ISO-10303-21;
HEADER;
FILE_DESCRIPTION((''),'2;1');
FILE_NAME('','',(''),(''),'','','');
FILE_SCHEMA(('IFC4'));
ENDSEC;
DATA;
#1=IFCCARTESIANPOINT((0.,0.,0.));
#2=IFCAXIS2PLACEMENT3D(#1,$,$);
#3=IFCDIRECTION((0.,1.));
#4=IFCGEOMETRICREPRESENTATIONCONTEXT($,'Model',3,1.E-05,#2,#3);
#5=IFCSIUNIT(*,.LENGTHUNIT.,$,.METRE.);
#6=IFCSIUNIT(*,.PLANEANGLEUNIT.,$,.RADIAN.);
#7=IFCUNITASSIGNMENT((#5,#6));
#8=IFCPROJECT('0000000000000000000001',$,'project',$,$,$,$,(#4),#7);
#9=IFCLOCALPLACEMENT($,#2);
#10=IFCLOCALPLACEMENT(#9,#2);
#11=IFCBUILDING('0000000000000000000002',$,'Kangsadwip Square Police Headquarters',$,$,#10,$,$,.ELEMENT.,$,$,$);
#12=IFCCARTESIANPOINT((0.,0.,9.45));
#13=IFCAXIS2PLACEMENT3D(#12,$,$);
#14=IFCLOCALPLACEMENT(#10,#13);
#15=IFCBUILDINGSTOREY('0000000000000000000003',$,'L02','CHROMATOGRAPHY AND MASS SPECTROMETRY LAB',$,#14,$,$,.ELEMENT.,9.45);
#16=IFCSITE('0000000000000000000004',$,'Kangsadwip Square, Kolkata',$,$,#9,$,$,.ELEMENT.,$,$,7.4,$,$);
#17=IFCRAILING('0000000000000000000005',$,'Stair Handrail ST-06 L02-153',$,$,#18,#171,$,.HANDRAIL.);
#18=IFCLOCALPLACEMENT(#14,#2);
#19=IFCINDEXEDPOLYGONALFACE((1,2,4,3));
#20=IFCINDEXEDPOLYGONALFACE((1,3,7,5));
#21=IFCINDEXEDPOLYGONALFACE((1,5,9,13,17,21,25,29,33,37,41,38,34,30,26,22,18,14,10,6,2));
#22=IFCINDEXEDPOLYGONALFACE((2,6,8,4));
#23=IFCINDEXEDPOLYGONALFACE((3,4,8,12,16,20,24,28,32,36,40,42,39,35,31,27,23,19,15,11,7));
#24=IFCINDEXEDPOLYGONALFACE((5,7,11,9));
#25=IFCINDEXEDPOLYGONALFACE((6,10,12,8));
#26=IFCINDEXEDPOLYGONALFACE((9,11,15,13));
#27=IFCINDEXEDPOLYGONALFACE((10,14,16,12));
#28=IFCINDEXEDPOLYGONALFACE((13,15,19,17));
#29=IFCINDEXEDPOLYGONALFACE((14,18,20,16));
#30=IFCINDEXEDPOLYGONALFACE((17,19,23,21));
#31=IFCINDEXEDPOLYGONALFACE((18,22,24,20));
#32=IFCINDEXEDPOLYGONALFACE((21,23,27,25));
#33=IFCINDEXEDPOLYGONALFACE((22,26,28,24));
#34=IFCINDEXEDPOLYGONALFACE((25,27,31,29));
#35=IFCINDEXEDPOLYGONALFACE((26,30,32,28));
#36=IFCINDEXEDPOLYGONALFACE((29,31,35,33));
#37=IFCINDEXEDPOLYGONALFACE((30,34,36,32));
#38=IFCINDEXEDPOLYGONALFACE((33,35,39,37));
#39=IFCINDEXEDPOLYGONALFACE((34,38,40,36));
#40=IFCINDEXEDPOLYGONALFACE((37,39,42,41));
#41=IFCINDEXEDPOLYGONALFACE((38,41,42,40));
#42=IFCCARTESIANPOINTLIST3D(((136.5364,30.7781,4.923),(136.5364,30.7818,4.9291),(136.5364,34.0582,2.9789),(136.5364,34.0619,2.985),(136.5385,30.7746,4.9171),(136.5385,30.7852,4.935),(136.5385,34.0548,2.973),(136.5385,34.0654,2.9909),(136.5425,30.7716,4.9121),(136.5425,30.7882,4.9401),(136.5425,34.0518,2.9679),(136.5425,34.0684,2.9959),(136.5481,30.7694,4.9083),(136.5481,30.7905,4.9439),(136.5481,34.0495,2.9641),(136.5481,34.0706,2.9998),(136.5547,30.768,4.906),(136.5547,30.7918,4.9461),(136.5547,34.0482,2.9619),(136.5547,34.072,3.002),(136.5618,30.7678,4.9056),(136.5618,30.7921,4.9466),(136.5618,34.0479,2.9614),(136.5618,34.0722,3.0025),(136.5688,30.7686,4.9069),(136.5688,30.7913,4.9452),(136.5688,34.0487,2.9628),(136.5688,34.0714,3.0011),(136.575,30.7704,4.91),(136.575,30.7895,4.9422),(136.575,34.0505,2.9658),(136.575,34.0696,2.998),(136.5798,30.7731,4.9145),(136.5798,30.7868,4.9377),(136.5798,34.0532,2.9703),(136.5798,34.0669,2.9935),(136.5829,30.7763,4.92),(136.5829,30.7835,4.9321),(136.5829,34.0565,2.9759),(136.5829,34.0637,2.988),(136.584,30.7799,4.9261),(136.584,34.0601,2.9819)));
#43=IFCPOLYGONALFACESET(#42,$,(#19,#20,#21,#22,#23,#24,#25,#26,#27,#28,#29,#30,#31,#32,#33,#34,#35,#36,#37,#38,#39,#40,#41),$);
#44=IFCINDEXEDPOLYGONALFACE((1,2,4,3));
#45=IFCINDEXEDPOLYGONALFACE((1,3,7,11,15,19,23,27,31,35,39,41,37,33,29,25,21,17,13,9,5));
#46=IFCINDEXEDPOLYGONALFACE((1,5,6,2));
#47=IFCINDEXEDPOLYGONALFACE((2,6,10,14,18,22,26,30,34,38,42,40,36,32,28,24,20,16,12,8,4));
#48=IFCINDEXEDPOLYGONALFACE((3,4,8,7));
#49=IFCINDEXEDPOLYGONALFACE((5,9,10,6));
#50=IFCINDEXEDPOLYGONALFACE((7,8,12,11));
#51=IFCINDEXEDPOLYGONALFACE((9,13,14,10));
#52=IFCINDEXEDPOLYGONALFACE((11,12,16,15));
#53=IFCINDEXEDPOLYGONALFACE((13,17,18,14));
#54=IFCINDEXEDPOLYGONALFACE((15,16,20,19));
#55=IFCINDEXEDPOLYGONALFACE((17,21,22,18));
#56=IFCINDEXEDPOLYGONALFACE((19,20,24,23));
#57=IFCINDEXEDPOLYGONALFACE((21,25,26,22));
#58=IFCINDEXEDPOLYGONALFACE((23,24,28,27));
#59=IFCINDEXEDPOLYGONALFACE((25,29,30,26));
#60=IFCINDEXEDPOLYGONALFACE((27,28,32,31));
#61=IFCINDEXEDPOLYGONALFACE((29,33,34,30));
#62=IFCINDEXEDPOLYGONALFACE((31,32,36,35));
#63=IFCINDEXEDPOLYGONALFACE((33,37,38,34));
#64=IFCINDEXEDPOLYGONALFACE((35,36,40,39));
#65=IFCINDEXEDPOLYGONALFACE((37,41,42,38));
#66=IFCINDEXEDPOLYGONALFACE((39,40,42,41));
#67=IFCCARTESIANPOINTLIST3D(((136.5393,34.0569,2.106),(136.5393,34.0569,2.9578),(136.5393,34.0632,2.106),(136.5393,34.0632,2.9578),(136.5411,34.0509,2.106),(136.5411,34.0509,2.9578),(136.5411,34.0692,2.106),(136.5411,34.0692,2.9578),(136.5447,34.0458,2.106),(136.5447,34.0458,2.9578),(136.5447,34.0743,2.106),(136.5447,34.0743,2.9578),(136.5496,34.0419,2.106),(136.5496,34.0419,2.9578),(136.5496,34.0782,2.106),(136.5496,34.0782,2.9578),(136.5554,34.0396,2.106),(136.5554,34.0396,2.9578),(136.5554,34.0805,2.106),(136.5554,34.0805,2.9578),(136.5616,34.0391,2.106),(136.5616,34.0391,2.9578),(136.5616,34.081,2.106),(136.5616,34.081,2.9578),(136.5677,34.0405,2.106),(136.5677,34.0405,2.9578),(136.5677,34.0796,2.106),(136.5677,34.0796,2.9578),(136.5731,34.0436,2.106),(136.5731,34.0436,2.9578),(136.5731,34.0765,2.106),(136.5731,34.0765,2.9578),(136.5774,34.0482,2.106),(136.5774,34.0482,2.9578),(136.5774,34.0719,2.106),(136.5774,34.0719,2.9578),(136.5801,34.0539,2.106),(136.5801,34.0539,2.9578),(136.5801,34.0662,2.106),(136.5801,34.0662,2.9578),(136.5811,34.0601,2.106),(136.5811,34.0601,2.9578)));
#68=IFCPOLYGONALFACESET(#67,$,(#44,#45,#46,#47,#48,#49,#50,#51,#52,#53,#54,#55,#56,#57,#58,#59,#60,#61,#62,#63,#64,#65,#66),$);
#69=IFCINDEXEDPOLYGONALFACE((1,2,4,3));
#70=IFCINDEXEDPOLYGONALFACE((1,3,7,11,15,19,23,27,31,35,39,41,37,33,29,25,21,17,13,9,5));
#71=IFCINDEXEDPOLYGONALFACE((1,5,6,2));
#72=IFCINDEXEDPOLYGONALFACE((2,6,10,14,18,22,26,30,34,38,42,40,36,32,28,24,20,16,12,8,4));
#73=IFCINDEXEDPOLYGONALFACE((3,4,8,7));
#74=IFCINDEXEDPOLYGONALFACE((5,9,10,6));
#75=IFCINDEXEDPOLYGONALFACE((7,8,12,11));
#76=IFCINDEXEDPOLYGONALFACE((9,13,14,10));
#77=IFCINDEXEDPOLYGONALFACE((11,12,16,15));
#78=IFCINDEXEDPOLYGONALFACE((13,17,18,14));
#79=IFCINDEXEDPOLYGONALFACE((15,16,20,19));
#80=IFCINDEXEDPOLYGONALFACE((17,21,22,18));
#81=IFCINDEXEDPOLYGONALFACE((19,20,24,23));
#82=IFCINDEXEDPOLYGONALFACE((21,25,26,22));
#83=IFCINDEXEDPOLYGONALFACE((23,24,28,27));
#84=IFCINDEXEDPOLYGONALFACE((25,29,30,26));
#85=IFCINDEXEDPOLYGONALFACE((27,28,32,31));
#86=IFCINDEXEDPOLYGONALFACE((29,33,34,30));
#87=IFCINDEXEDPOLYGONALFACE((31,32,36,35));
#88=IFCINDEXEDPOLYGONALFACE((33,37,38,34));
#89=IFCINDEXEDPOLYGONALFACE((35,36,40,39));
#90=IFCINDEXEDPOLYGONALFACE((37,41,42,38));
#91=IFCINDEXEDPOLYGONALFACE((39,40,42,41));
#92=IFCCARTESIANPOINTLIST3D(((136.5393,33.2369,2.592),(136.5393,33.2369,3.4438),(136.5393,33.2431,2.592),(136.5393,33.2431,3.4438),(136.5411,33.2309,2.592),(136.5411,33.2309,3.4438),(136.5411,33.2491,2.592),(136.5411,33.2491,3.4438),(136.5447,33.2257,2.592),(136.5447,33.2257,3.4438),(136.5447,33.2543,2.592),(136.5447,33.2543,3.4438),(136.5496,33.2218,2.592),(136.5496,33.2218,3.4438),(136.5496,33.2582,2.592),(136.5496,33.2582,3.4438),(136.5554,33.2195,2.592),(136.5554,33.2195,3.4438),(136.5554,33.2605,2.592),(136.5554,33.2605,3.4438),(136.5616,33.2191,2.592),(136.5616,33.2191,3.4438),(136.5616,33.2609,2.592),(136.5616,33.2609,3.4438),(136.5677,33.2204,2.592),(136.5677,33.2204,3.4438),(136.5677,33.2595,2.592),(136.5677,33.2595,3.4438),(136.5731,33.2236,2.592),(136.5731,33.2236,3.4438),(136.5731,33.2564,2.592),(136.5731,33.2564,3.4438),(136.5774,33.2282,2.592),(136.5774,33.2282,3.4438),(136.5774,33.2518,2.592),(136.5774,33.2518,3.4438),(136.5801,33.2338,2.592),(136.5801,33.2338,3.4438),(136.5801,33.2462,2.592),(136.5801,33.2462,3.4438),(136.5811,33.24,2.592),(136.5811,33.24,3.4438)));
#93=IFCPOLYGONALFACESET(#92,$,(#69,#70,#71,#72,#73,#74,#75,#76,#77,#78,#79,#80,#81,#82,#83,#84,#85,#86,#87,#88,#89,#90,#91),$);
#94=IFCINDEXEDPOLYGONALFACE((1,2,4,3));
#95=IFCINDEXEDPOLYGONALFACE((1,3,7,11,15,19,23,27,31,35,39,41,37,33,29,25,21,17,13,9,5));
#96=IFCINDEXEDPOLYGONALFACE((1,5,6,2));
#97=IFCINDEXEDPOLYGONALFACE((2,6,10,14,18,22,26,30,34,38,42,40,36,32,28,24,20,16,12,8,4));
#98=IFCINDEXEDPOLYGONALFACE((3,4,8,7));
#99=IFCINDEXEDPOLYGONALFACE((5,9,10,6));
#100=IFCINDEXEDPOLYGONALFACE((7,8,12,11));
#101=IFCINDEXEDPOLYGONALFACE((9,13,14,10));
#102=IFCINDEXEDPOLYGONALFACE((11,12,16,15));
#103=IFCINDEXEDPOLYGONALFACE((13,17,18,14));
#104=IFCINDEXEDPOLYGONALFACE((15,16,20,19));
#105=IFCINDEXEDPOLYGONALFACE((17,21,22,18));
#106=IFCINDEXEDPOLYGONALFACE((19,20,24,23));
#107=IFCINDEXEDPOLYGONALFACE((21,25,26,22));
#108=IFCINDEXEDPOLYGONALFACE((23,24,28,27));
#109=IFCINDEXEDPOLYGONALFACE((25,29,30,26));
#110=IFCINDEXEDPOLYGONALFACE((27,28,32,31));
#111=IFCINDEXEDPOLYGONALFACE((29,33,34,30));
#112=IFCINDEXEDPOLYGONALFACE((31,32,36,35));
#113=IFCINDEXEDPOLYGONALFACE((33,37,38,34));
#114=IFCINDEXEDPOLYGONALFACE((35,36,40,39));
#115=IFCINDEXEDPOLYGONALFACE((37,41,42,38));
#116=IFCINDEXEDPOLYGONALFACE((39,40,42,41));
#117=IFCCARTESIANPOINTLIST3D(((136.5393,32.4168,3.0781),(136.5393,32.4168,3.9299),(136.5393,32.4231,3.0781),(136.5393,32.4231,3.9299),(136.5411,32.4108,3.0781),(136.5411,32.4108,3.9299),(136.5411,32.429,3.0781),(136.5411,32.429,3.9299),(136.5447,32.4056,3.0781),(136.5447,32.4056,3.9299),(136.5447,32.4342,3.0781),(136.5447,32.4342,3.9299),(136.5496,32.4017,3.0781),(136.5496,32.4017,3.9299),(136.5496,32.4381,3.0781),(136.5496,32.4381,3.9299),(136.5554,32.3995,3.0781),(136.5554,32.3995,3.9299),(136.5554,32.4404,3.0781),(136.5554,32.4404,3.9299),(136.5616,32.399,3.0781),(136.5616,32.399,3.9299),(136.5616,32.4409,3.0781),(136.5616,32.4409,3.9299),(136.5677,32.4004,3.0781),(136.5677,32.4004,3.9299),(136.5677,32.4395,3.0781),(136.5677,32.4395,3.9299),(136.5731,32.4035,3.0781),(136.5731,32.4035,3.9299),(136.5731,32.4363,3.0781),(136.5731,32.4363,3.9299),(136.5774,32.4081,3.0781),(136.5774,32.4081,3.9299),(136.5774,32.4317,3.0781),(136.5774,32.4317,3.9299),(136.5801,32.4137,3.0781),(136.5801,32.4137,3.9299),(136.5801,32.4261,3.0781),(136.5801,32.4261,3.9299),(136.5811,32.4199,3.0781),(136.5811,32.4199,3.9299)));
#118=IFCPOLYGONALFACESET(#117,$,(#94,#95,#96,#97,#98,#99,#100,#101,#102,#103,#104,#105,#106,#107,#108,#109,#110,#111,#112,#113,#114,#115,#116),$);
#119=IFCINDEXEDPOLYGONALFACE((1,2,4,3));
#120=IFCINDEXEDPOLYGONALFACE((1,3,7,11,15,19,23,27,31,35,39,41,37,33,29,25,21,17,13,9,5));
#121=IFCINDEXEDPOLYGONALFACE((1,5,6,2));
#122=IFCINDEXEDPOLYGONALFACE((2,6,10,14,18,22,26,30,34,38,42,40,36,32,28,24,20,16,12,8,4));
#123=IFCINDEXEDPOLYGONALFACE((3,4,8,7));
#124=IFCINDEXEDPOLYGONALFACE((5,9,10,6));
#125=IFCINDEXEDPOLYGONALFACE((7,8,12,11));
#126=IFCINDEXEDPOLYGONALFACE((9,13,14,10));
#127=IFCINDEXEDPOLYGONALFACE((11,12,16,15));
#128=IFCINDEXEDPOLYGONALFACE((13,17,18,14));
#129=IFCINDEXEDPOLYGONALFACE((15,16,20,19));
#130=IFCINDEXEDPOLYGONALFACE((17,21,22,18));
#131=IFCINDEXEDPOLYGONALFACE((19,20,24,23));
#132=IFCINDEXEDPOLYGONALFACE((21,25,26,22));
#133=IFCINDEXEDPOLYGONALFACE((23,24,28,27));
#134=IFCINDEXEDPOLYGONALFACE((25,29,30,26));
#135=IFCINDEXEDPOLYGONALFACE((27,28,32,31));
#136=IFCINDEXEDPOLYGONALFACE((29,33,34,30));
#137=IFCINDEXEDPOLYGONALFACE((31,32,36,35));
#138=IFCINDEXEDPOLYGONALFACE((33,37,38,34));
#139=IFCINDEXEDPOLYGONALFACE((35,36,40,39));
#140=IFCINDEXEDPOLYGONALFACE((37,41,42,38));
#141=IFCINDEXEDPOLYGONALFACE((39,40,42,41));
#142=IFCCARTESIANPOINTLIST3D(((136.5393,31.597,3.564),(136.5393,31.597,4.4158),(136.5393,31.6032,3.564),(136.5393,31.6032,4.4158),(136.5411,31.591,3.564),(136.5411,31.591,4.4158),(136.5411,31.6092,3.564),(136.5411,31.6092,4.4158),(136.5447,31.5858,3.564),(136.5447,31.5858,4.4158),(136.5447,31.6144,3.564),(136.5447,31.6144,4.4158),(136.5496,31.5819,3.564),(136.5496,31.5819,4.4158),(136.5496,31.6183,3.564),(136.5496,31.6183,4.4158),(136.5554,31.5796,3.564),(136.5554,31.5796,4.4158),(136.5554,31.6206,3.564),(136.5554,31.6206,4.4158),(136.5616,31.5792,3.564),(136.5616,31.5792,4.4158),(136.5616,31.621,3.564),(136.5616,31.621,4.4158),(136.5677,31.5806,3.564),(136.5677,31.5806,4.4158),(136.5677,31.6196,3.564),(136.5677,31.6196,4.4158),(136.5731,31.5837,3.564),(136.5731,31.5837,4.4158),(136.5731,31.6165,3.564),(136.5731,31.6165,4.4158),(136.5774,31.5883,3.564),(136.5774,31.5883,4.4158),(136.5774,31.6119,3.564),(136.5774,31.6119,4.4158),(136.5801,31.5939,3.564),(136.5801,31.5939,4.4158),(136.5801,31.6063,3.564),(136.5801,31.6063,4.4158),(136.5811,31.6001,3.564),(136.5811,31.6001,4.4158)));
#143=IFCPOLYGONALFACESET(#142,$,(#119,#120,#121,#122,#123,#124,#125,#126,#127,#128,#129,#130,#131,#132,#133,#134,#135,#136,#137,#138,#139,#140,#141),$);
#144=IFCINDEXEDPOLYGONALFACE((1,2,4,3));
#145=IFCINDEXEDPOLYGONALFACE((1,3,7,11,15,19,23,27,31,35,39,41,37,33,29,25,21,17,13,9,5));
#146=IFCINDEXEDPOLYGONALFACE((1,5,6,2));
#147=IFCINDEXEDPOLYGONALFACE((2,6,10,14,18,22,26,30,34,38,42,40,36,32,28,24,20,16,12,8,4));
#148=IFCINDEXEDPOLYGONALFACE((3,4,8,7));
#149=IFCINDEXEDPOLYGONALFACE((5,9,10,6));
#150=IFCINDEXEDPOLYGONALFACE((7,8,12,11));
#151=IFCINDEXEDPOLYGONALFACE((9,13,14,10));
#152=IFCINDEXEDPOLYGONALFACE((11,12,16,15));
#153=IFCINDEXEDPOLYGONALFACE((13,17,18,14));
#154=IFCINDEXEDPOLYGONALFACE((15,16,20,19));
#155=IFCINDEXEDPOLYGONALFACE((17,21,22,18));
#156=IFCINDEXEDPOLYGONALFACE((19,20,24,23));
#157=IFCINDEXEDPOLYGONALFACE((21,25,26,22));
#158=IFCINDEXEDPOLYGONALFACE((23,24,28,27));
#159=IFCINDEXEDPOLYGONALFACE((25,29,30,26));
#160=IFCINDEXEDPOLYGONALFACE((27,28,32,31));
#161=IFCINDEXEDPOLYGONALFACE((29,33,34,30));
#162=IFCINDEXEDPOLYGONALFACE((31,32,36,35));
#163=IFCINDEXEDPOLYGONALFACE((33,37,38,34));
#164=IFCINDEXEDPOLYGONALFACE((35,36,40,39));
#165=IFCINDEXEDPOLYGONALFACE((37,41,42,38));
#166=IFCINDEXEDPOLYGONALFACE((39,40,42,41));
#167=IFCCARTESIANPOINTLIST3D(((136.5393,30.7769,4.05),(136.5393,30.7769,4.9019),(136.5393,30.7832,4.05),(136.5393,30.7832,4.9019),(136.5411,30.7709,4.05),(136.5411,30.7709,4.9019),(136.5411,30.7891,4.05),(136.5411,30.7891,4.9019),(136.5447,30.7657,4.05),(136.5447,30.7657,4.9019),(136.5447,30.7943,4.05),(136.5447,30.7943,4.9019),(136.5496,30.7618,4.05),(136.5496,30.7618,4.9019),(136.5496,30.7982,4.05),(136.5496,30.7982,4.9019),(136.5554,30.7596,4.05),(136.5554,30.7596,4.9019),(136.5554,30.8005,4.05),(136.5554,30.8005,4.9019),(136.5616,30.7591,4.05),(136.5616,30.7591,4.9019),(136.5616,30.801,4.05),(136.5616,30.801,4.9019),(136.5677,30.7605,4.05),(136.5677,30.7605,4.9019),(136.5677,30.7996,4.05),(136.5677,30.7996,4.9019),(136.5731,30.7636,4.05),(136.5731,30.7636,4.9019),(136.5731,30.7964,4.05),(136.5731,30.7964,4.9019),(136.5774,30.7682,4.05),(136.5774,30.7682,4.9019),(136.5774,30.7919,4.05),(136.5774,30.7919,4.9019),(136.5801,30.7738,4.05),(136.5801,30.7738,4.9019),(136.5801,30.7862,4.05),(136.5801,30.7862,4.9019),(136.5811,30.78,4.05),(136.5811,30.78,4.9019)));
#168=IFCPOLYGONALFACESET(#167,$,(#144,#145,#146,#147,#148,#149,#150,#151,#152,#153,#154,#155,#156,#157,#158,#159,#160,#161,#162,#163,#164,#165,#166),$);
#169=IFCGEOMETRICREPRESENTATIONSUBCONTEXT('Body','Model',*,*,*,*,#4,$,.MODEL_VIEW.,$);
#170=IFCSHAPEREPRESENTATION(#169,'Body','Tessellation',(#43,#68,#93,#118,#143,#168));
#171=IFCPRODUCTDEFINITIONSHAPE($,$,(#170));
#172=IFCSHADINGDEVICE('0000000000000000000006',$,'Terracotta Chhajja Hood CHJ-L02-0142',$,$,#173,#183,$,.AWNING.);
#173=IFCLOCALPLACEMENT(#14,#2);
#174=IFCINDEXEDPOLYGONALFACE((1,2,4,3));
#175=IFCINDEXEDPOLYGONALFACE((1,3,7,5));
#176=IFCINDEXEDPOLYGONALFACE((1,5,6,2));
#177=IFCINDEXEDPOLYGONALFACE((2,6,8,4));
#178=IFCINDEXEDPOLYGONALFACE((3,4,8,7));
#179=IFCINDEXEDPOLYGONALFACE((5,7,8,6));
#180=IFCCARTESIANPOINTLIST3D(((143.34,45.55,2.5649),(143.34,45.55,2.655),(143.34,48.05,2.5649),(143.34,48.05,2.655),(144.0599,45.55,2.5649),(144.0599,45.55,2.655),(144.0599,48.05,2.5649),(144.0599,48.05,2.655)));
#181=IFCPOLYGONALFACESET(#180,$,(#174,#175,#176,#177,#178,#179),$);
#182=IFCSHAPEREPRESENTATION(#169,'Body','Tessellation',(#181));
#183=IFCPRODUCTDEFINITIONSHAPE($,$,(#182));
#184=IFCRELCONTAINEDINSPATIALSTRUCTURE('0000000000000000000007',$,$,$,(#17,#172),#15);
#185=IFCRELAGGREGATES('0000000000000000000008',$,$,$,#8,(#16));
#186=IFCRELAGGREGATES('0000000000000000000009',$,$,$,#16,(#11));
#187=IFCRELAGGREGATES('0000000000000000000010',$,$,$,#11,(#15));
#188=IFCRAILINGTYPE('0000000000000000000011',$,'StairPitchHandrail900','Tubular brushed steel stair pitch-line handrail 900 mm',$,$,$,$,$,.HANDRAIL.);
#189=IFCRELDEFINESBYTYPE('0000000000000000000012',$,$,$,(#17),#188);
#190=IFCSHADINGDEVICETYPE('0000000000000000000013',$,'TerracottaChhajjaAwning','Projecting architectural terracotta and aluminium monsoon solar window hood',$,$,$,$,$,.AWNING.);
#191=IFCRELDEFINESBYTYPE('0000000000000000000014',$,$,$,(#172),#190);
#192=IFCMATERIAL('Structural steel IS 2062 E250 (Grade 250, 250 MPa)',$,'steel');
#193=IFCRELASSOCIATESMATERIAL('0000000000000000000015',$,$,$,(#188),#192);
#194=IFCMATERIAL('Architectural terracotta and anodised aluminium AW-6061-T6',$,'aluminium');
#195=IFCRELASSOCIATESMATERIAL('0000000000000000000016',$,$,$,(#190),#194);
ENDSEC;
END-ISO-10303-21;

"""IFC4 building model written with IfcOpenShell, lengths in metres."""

from ifc_helpers import new_model, si_unit, direction, frame, origin, origin_2d, place, context, subcontext, project, spatial, rectangle, circle, extrude, material, type_object, element, save


model = new_model("IFC4")

# Units and contexts
model_context = context("Model", 3, precision=1e-05, world=origin(), true_north=direction((0.0, 1.0)))
body_context = subcontext(model_context, "Body", "Model", "MODEL_VIEW")
ifc_project = project(units=[si_unit("LENGTHUNIT", "METRE"), si_unit("PLANEANGLEUNIT", "RADIAN")], contexts=[model_context])

# Site, building, storey
site_placement = place(None, origin())
site = spatial("IfcSite", under=ifc_project, at=site_placement, Name="Kangsadwip Square, Kolkata", CompositionType="ELEMENT", RefElevation=7.4)
building_placement = place(site_placement, origin())
building = spatial("IfcBuilding", under=site, at=building_placement, Name="Kangsadwip Square Police Headquarters", CompositionType="ELEMENT")
storey_placement = place(building_placement, frame((0.0, 0.0, 9.45)))
storey = spatial("IfcBuildingStorey", under=building, at=storey_placement, Name="L02", Description="CHROMATOGRAPHY AND MASS SPECTROMETRY LAB", CompositionType="ELEMENT", Elevation=9.45)

# Railing
ifc_material_1 = material(Name="Structural steel IS 2062 E250 (Grade 250, 250 MPa)", Category="steel")
railing_type_1 = type_object("IfcRailingType", Name="StairPitchHandrail900", Description="Tubular brushed steel stair pitch-line handrail 900 mm", PredefinedType="HANDRAIL", material=ifc_material_1)
railing_1_placement = place(storey_placement, frame((136.5601, 34.0601, 2.106)))
element("IfcRailing", 1, at=railing_1_placement, inside=storey, type_object=railing_type_1, Name="Stair Handrail ST-06 L02-153", PredefinedType="HANDRAIL", context=body_context, shape_type="SweptSolid", body=[
    extrude(circle(Radius=0.0239, at=origin_2d()), frame((0.0, 0.0, 0.876), z_axis=(0.0, -0.860249, 0.509874), x_axis=(1.0, 0.0, 0.0)), (0.0, 0.0, 1.0), 3.813),
    extrude(circle(Radius=0.021, at=origin_2d()), origin(), (0.0, 0.0, 1.0), 0.8518),
    extrude(circle(Radius=0.021, at=origin_2d()), frame((0.0, -0.8201, 0.4861)), (0.0, 0.0, 1.0), 0.8518),
    extrude(circle(Radius=0.021, at=origin_2d()), frame((0.0, -1.6401, 0.9722)), (0.0, 0.0, 1.0), 0.8518),
    extrude(circle(Radius=0.021, at=origin_2d()), frame((0.0, -2.46, 1.458)), (0.0, 0.0, 1.0), 0.8518),
    extrude(circle(Radius=0.021, at=origin_2d()), frame((0.0, -3.28, 1.9441)), (0.0, 0.0, 1.0), 0.8518),
])

# Shading device
ifc_material_2 = material(Name="Architectural terracotta and anodised aluminium AW-6061-T6", Category="aluminium")
shading_device_type = type_object("IfcShadingDeviceType", Name="TerracottaChhajjaAwning", Description="Projecting architectural terracotta and aluminium monsoon solar window hood", PredefinedType="AWNING", material=ifc_material_2)
shading_device_placement = place(storey_placement, frame((143.7, 46.8, 2.5649), z_axis=(0.0, 0.0, 1.0), x_axis=(0.0, 1.0, 0.0)))
element("IfcShadingDevice", 2, at=shading_device_placement, inside=storey, type_object=shading_device_type, Name="Terracotta Chhajja Hood CHJ-L02-0142", PredefinedType="AWNING", context=body_context, shape_type="SweptSolid", body=[
    extrude(rectangle(XDim=2.5, YDim=0.72, at=origin_2d()), origin(), (0.0, 0.0, 1.0), 0.0901),
])

save(model, "model.ifc")
